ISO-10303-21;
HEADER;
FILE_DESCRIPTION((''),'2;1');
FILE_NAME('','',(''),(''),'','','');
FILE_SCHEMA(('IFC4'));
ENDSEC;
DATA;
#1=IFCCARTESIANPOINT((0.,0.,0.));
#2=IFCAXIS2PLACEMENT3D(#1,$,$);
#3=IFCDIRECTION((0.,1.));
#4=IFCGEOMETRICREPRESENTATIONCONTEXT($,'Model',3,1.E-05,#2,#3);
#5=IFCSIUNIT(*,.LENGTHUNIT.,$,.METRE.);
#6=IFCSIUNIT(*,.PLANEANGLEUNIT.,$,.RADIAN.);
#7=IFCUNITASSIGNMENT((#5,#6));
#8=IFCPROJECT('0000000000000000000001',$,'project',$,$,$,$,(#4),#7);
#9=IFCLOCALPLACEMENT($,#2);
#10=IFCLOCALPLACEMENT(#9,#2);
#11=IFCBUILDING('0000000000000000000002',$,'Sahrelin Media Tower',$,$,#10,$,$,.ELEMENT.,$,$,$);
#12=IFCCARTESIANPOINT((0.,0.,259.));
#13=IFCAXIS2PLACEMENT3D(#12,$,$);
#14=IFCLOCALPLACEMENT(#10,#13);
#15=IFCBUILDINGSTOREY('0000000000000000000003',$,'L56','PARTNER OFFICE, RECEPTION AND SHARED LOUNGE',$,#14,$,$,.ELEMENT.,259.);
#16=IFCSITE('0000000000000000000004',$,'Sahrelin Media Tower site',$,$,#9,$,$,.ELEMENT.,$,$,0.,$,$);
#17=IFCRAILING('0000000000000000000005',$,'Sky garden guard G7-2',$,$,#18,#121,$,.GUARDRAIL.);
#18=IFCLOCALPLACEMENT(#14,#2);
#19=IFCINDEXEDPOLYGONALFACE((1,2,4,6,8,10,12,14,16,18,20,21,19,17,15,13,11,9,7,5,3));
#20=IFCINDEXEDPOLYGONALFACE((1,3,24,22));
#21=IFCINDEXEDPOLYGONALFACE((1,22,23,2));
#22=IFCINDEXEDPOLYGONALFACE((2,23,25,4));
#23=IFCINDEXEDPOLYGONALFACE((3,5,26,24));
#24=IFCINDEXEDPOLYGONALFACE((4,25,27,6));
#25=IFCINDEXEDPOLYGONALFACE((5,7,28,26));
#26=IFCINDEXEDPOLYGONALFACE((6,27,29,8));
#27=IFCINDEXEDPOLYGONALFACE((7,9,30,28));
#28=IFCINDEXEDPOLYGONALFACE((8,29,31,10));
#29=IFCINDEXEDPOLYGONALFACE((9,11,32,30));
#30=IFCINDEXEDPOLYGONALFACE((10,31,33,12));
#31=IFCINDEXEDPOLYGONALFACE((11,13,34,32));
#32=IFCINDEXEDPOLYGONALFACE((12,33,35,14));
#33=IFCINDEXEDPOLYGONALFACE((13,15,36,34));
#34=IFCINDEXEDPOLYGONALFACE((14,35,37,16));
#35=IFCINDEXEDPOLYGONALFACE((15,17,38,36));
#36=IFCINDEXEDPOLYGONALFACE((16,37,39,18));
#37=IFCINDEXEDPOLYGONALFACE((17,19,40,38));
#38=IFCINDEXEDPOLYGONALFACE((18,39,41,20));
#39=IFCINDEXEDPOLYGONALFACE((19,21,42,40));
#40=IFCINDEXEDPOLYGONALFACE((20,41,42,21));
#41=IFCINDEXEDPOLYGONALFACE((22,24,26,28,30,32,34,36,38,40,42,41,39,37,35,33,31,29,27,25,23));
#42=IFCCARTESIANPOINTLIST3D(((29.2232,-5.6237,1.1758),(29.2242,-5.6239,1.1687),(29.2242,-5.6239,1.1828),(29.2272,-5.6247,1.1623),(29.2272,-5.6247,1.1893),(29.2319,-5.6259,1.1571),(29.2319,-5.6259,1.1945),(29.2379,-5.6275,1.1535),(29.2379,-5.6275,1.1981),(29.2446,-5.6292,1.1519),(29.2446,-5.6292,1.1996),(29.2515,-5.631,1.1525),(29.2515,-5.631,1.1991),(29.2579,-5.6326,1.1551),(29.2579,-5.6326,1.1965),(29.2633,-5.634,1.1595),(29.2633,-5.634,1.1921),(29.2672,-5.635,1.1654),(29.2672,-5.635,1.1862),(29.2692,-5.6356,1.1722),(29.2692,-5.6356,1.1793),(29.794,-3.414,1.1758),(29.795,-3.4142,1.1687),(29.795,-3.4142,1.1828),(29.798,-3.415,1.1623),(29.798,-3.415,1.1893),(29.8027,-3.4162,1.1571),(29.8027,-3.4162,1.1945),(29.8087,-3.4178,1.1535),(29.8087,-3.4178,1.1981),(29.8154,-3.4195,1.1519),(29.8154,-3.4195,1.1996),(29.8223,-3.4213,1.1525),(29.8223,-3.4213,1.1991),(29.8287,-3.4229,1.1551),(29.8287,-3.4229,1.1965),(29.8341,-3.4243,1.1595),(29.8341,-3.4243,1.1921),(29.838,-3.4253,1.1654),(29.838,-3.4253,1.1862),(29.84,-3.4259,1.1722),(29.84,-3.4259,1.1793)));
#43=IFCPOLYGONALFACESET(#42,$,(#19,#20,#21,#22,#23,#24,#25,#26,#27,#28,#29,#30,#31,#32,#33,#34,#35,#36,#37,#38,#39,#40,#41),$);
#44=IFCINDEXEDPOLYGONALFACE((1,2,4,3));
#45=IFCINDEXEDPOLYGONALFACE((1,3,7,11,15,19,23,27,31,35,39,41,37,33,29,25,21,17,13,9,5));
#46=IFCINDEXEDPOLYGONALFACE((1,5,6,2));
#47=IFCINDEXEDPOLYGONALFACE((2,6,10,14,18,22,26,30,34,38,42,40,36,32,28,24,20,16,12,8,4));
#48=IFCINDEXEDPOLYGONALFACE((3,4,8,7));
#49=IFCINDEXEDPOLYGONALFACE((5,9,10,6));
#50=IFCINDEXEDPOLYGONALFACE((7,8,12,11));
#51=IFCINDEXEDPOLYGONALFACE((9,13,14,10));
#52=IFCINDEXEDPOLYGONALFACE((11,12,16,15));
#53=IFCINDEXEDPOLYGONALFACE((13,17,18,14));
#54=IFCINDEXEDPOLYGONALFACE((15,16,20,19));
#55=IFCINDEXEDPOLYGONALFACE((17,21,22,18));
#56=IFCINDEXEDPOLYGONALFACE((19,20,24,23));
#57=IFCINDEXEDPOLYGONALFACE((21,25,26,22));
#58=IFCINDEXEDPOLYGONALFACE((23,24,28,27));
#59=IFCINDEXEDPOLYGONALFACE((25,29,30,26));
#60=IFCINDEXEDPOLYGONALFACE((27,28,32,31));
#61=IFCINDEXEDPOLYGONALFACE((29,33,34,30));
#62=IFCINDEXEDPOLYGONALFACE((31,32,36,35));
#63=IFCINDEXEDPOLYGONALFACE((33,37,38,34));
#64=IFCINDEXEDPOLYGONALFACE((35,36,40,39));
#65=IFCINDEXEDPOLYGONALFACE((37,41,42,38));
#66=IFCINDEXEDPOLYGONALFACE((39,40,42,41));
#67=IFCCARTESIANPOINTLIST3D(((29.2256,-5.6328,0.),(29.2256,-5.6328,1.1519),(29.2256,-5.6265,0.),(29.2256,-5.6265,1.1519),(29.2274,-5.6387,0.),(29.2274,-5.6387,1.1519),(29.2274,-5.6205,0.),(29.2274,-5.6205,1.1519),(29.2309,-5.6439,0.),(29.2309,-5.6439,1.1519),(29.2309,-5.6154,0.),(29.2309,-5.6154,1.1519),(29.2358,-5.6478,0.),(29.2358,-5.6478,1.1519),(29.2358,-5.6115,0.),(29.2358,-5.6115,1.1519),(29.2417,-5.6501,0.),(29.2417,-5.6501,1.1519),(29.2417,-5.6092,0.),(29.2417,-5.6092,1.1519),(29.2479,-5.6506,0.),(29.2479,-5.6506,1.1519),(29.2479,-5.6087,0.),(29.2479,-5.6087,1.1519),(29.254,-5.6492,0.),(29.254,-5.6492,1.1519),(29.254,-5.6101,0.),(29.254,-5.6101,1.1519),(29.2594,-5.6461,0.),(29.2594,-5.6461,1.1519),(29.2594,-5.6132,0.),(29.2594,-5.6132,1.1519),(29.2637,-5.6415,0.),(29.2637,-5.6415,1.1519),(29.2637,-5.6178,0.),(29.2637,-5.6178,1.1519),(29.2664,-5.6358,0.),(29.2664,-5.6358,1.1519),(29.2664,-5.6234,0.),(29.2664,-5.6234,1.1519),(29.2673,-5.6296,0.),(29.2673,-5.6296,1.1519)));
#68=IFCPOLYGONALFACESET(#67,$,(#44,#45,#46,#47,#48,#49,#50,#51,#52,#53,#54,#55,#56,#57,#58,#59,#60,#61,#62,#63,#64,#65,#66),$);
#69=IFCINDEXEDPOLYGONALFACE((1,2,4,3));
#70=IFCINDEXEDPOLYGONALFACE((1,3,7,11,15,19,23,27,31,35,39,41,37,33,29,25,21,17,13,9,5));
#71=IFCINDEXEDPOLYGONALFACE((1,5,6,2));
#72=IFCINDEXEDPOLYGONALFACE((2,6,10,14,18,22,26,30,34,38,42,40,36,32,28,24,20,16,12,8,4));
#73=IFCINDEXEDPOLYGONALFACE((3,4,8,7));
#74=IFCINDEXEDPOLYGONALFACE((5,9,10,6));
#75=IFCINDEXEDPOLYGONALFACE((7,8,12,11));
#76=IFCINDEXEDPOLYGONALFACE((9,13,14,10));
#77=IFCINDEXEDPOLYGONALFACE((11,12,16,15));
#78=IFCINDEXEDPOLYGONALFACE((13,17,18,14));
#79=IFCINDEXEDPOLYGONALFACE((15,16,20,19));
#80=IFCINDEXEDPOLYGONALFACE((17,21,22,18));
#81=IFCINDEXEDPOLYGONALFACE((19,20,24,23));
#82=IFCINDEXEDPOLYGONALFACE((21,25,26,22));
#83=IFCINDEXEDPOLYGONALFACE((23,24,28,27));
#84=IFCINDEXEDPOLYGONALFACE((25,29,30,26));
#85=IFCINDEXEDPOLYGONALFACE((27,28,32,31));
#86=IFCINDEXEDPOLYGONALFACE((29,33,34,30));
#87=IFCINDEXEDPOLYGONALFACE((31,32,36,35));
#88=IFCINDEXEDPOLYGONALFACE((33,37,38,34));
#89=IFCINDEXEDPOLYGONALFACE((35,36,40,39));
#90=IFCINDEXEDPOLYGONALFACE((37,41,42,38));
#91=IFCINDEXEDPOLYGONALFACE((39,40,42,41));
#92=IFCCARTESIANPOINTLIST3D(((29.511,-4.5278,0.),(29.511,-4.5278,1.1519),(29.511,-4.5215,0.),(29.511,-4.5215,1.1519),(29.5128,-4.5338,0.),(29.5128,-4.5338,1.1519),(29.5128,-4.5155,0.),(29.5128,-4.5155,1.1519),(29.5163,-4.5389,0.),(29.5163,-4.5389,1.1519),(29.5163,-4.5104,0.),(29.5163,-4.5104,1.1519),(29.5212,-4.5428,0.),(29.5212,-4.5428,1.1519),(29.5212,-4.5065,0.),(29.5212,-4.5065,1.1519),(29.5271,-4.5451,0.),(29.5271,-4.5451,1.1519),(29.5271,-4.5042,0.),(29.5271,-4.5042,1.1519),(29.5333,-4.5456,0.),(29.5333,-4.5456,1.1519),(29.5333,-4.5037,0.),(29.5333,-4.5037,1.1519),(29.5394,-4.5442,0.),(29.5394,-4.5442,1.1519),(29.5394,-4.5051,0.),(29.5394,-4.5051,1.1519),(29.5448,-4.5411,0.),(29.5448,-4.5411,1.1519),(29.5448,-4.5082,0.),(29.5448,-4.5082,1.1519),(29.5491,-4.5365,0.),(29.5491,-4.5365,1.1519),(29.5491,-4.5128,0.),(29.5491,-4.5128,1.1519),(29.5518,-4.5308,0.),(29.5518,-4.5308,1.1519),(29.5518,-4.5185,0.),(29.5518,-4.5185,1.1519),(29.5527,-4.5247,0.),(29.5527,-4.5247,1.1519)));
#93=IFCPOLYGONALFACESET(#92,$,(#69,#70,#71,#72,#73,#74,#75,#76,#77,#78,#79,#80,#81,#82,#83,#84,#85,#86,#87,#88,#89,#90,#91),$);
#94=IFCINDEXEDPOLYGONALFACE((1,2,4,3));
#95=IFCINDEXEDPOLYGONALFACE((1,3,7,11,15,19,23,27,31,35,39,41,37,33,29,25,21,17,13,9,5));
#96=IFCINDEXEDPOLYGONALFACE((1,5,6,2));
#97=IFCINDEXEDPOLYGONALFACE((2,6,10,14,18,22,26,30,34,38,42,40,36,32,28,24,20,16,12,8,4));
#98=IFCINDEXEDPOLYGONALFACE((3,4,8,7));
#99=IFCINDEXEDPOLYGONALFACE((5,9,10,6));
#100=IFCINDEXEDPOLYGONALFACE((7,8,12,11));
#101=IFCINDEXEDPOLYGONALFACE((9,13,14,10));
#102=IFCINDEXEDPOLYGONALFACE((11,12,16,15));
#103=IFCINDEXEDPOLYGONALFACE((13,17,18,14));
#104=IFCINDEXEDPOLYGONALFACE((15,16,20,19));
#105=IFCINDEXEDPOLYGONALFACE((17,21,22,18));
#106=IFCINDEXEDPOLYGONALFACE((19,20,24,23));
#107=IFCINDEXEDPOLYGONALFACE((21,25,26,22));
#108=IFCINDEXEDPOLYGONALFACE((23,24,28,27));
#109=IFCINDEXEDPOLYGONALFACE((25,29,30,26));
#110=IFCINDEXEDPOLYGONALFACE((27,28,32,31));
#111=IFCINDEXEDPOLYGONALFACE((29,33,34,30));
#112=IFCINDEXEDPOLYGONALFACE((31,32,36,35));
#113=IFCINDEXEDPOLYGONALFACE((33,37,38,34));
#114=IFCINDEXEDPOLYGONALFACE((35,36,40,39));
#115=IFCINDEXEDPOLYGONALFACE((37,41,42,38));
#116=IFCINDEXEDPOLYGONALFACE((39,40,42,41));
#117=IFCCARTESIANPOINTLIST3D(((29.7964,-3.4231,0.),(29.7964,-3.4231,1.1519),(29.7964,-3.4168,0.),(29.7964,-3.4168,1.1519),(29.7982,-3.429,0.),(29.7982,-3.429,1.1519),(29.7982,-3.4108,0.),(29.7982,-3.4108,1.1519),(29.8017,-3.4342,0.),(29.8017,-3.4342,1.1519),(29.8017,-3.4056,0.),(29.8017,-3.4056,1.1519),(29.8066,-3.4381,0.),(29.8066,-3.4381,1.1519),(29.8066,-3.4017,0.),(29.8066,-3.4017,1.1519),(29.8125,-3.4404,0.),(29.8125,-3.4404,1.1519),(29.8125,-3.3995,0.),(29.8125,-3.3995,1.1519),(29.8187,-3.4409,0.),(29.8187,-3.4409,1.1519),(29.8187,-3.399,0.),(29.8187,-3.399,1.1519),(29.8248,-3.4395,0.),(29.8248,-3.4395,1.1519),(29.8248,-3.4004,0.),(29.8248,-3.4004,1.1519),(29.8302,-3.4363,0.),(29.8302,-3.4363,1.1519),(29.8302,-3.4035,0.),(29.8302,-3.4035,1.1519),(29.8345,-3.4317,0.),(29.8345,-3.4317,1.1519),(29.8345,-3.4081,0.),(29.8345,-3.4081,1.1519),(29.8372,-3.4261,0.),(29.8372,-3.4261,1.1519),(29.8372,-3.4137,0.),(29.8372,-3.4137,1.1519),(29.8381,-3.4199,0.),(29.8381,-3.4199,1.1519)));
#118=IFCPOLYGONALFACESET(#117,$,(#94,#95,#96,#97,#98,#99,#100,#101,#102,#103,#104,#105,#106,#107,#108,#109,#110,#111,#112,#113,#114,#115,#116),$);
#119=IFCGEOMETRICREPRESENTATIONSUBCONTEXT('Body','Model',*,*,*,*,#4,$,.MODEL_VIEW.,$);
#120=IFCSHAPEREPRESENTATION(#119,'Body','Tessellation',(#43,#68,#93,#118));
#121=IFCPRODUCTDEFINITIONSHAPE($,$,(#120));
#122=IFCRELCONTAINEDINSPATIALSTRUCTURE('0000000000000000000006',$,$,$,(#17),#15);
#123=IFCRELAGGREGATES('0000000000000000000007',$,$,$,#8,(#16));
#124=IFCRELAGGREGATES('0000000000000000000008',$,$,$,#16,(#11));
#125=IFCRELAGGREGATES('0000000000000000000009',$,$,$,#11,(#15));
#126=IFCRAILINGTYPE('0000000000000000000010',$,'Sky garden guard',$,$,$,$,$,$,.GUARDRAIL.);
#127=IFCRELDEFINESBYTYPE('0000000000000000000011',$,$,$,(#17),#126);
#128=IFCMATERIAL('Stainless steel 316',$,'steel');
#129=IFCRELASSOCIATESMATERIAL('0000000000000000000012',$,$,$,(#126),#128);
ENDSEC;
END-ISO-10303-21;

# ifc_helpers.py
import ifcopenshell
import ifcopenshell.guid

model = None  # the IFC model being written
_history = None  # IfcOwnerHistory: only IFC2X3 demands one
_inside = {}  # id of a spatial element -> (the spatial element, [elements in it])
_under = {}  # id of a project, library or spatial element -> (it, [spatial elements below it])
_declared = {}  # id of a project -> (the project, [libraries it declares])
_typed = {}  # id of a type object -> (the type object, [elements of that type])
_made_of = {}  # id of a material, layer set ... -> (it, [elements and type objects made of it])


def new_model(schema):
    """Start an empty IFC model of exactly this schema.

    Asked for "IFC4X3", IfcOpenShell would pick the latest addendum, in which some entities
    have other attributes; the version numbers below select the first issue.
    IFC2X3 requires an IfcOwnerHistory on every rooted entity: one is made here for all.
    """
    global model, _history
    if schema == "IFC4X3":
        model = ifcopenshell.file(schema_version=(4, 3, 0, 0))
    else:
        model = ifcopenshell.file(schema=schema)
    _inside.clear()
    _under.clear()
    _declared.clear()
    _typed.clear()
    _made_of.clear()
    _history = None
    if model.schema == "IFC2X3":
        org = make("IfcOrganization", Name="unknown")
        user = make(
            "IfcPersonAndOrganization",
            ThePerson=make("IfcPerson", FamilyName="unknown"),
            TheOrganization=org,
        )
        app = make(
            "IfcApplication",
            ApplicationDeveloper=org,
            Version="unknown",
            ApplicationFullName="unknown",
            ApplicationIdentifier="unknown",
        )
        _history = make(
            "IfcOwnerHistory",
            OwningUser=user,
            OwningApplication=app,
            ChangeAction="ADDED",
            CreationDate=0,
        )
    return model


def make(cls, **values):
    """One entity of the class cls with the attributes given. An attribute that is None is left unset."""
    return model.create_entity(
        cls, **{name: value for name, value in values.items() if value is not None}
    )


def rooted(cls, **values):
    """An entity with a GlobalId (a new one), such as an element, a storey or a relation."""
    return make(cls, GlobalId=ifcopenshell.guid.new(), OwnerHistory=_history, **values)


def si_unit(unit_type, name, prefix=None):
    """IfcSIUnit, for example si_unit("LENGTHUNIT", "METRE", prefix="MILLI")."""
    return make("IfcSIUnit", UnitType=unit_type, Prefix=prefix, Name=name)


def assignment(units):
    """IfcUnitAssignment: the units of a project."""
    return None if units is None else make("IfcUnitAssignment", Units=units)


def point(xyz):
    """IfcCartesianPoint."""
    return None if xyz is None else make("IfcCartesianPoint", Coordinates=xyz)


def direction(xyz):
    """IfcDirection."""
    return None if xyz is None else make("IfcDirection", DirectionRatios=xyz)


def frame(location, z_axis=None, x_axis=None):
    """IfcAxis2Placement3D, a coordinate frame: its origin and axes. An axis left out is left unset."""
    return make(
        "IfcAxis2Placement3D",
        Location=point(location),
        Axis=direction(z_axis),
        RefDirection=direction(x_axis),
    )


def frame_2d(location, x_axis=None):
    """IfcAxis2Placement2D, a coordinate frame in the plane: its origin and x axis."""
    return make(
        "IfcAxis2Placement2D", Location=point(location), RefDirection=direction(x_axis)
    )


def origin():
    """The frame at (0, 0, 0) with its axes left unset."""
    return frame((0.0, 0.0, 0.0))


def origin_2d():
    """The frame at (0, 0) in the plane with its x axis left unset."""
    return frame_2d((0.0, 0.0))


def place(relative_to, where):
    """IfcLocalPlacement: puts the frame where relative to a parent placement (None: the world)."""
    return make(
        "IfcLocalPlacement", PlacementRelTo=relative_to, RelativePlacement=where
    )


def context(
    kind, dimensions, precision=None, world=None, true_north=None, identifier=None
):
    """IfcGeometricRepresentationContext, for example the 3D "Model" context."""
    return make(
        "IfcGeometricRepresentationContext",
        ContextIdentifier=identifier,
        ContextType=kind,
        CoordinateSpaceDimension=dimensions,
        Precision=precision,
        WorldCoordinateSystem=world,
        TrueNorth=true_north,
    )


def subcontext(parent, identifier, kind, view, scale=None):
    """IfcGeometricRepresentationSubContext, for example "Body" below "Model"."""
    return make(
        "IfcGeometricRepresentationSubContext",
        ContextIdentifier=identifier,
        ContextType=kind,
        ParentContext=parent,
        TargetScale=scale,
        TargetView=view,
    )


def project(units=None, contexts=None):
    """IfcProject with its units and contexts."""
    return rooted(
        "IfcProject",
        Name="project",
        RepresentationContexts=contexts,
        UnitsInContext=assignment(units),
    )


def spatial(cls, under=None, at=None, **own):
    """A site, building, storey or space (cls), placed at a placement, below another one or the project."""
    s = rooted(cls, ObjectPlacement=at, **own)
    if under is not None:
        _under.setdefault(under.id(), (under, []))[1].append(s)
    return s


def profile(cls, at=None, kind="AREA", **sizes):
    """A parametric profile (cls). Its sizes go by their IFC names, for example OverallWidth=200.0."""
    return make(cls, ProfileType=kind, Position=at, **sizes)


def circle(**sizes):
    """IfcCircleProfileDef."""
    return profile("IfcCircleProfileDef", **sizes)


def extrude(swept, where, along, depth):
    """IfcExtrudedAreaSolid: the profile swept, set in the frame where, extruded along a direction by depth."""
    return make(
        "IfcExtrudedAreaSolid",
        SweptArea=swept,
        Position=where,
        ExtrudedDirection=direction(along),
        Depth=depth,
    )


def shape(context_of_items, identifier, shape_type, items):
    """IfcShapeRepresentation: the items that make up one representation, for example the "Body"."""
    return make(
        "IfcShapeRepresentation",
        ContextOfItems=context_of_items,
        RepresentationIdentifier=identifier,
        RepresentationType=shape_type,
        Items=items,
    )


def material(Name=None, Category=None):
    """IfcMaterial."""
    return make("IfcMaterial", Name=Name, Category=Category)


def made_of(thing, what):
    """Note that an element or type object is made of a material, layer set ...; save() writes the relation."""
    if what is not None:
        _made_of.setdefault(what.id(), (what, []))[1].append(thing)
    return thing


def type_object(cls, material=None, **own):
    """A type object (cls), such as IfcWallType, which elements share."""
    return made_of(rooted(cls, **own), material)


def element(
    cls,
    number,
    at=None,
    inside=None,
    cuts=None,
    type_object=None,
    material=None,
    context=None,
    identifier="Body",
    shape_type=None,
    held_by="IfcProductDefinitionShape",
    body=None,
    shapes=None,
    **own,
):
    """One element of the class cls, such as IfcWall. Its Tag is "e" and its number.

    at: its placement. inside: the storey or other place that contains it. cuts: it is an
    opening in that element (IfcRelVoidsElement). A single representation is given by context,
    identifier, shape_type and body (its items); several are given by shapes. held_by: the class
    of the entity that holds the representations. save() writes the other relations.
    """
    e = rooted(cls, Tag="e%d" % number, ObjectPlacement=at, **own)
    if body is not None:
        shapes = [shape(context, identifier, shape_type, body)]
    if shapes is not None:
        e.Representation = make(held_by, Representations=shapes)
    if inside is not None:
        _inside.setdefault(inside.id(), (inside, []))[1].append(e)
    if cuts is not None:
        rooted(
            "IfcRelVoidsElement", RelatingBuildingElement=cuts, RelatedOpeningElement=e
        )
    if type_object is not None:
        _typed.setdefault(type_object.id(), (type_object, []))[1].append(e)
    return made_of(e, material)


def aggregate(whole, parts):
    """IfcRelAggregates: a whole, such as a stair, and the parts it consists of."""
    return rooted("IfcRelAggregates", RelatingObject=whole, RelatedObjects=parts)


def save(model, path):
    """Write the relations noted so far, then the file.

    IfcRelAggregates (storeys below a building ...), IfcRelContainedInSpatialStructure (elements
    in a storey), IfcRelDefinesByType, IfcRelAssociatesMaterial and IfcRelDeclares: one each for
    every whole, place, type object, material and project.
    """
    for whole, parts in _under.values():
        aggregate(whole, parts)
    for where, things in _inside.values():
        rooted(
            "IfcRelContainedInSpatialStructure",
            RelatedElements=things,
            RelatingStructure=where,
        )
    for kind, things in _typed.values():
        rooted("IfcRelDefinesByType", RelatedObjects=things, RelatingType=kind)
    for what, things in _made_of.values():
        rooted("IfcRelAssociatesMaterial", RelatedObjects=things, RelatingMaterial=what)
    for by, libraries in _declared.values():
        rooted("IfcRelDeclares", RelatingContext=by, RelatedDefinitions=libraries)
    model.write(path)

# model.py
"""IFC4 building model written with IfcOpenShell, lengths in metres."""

from ifc_helpers import new_model, si_unit, direction, frame, origin, origin_2d, place, context, subcontext, project, spatial, circle, extrude, material, type_object, element, save


model = new_model("IFC4")

# Units and contexts
model_context = context("Model", 3, precision=1e-05, world=origin(), true_north=direction((0.0, 1.0)))
body_context = subcontext(model_context, "Body", "Model", "MODEL_VIEW")
ifc_project = project(units=[si_unit("LENGTHUNIT", "METRE"), si_unit("PLANEANGLEUNIT", "RADIAN")], contexts=[model_context])

# Site, building, storey
site_placement = place(None, origin())
site = spatial("IfcSite", under=ifc_project, at=site_placement, Name="Sahrelin Media Tower site", CompositionType="ELEMENT", RefElevation=0.0)
building_placement = place(site_placement, origin())
building = spatial("IfcBuilding", under=site, at=building_placement, Name="Sahrelin Media Tower", CompositionType="ELEMENT")
storey_placement = place(building_placement, frame((0.0, 0.0, 259.0)))
storey = spatial("IfcBuildingStorey", under=building, at=storey_placement, Name="L56", Description="PARTNER OFFICE, RECEPTION AND SHARED LOUNGE", CompositionType="ELEMENT", Elevation=259.0)

# Railing
ifc_material_1 = material(Name="Stainless steel 316", Category="steel")
railing_type = type_object("IfcRailingType", Name="Sky garden guard", PredefinedType="GUARDRAIL", material=ifc_material_1)
railing_1_placement = place(storey_placement, frame((29.2463, -5.6296, 0.0)))
element("IfcRailing", 1, at=railing_1_placement, inside=storey, type_object=railing_type, Name="Sky garden guard G7-2", PredefinedType="GUARDRAIL", context=body_context, shape_type="SweptSolid", body=[
    extrude(circle(Radius=0.0239, at=origin_2d()), frame((0.0, 0.0, 1.1758), z_axis=(0.250104, 0.968219, 0.0), x_axis=(-0.968219, 0.250104, 0.0)), (0.0, 0.0, 1.0), 2.2822),
    extrude(circle(Radius=0.021, at=origin_2d()), origin(), (0.0, 0.0, 1.0), 1.1519),
    extrude(circle(Radius=0.021, at=origin_2d()), frame((0.2854, 1.105, 0.0)), (0.0, 0.0, 1.0), 1.1519),
    extrude(circle(Radius=0.021, at=origin_2d()), frame((0.5708, 2.2097, 0.0)), (0.0, 0.0, 1.0), 1.1519),
])

save(model, "model.ifc")
